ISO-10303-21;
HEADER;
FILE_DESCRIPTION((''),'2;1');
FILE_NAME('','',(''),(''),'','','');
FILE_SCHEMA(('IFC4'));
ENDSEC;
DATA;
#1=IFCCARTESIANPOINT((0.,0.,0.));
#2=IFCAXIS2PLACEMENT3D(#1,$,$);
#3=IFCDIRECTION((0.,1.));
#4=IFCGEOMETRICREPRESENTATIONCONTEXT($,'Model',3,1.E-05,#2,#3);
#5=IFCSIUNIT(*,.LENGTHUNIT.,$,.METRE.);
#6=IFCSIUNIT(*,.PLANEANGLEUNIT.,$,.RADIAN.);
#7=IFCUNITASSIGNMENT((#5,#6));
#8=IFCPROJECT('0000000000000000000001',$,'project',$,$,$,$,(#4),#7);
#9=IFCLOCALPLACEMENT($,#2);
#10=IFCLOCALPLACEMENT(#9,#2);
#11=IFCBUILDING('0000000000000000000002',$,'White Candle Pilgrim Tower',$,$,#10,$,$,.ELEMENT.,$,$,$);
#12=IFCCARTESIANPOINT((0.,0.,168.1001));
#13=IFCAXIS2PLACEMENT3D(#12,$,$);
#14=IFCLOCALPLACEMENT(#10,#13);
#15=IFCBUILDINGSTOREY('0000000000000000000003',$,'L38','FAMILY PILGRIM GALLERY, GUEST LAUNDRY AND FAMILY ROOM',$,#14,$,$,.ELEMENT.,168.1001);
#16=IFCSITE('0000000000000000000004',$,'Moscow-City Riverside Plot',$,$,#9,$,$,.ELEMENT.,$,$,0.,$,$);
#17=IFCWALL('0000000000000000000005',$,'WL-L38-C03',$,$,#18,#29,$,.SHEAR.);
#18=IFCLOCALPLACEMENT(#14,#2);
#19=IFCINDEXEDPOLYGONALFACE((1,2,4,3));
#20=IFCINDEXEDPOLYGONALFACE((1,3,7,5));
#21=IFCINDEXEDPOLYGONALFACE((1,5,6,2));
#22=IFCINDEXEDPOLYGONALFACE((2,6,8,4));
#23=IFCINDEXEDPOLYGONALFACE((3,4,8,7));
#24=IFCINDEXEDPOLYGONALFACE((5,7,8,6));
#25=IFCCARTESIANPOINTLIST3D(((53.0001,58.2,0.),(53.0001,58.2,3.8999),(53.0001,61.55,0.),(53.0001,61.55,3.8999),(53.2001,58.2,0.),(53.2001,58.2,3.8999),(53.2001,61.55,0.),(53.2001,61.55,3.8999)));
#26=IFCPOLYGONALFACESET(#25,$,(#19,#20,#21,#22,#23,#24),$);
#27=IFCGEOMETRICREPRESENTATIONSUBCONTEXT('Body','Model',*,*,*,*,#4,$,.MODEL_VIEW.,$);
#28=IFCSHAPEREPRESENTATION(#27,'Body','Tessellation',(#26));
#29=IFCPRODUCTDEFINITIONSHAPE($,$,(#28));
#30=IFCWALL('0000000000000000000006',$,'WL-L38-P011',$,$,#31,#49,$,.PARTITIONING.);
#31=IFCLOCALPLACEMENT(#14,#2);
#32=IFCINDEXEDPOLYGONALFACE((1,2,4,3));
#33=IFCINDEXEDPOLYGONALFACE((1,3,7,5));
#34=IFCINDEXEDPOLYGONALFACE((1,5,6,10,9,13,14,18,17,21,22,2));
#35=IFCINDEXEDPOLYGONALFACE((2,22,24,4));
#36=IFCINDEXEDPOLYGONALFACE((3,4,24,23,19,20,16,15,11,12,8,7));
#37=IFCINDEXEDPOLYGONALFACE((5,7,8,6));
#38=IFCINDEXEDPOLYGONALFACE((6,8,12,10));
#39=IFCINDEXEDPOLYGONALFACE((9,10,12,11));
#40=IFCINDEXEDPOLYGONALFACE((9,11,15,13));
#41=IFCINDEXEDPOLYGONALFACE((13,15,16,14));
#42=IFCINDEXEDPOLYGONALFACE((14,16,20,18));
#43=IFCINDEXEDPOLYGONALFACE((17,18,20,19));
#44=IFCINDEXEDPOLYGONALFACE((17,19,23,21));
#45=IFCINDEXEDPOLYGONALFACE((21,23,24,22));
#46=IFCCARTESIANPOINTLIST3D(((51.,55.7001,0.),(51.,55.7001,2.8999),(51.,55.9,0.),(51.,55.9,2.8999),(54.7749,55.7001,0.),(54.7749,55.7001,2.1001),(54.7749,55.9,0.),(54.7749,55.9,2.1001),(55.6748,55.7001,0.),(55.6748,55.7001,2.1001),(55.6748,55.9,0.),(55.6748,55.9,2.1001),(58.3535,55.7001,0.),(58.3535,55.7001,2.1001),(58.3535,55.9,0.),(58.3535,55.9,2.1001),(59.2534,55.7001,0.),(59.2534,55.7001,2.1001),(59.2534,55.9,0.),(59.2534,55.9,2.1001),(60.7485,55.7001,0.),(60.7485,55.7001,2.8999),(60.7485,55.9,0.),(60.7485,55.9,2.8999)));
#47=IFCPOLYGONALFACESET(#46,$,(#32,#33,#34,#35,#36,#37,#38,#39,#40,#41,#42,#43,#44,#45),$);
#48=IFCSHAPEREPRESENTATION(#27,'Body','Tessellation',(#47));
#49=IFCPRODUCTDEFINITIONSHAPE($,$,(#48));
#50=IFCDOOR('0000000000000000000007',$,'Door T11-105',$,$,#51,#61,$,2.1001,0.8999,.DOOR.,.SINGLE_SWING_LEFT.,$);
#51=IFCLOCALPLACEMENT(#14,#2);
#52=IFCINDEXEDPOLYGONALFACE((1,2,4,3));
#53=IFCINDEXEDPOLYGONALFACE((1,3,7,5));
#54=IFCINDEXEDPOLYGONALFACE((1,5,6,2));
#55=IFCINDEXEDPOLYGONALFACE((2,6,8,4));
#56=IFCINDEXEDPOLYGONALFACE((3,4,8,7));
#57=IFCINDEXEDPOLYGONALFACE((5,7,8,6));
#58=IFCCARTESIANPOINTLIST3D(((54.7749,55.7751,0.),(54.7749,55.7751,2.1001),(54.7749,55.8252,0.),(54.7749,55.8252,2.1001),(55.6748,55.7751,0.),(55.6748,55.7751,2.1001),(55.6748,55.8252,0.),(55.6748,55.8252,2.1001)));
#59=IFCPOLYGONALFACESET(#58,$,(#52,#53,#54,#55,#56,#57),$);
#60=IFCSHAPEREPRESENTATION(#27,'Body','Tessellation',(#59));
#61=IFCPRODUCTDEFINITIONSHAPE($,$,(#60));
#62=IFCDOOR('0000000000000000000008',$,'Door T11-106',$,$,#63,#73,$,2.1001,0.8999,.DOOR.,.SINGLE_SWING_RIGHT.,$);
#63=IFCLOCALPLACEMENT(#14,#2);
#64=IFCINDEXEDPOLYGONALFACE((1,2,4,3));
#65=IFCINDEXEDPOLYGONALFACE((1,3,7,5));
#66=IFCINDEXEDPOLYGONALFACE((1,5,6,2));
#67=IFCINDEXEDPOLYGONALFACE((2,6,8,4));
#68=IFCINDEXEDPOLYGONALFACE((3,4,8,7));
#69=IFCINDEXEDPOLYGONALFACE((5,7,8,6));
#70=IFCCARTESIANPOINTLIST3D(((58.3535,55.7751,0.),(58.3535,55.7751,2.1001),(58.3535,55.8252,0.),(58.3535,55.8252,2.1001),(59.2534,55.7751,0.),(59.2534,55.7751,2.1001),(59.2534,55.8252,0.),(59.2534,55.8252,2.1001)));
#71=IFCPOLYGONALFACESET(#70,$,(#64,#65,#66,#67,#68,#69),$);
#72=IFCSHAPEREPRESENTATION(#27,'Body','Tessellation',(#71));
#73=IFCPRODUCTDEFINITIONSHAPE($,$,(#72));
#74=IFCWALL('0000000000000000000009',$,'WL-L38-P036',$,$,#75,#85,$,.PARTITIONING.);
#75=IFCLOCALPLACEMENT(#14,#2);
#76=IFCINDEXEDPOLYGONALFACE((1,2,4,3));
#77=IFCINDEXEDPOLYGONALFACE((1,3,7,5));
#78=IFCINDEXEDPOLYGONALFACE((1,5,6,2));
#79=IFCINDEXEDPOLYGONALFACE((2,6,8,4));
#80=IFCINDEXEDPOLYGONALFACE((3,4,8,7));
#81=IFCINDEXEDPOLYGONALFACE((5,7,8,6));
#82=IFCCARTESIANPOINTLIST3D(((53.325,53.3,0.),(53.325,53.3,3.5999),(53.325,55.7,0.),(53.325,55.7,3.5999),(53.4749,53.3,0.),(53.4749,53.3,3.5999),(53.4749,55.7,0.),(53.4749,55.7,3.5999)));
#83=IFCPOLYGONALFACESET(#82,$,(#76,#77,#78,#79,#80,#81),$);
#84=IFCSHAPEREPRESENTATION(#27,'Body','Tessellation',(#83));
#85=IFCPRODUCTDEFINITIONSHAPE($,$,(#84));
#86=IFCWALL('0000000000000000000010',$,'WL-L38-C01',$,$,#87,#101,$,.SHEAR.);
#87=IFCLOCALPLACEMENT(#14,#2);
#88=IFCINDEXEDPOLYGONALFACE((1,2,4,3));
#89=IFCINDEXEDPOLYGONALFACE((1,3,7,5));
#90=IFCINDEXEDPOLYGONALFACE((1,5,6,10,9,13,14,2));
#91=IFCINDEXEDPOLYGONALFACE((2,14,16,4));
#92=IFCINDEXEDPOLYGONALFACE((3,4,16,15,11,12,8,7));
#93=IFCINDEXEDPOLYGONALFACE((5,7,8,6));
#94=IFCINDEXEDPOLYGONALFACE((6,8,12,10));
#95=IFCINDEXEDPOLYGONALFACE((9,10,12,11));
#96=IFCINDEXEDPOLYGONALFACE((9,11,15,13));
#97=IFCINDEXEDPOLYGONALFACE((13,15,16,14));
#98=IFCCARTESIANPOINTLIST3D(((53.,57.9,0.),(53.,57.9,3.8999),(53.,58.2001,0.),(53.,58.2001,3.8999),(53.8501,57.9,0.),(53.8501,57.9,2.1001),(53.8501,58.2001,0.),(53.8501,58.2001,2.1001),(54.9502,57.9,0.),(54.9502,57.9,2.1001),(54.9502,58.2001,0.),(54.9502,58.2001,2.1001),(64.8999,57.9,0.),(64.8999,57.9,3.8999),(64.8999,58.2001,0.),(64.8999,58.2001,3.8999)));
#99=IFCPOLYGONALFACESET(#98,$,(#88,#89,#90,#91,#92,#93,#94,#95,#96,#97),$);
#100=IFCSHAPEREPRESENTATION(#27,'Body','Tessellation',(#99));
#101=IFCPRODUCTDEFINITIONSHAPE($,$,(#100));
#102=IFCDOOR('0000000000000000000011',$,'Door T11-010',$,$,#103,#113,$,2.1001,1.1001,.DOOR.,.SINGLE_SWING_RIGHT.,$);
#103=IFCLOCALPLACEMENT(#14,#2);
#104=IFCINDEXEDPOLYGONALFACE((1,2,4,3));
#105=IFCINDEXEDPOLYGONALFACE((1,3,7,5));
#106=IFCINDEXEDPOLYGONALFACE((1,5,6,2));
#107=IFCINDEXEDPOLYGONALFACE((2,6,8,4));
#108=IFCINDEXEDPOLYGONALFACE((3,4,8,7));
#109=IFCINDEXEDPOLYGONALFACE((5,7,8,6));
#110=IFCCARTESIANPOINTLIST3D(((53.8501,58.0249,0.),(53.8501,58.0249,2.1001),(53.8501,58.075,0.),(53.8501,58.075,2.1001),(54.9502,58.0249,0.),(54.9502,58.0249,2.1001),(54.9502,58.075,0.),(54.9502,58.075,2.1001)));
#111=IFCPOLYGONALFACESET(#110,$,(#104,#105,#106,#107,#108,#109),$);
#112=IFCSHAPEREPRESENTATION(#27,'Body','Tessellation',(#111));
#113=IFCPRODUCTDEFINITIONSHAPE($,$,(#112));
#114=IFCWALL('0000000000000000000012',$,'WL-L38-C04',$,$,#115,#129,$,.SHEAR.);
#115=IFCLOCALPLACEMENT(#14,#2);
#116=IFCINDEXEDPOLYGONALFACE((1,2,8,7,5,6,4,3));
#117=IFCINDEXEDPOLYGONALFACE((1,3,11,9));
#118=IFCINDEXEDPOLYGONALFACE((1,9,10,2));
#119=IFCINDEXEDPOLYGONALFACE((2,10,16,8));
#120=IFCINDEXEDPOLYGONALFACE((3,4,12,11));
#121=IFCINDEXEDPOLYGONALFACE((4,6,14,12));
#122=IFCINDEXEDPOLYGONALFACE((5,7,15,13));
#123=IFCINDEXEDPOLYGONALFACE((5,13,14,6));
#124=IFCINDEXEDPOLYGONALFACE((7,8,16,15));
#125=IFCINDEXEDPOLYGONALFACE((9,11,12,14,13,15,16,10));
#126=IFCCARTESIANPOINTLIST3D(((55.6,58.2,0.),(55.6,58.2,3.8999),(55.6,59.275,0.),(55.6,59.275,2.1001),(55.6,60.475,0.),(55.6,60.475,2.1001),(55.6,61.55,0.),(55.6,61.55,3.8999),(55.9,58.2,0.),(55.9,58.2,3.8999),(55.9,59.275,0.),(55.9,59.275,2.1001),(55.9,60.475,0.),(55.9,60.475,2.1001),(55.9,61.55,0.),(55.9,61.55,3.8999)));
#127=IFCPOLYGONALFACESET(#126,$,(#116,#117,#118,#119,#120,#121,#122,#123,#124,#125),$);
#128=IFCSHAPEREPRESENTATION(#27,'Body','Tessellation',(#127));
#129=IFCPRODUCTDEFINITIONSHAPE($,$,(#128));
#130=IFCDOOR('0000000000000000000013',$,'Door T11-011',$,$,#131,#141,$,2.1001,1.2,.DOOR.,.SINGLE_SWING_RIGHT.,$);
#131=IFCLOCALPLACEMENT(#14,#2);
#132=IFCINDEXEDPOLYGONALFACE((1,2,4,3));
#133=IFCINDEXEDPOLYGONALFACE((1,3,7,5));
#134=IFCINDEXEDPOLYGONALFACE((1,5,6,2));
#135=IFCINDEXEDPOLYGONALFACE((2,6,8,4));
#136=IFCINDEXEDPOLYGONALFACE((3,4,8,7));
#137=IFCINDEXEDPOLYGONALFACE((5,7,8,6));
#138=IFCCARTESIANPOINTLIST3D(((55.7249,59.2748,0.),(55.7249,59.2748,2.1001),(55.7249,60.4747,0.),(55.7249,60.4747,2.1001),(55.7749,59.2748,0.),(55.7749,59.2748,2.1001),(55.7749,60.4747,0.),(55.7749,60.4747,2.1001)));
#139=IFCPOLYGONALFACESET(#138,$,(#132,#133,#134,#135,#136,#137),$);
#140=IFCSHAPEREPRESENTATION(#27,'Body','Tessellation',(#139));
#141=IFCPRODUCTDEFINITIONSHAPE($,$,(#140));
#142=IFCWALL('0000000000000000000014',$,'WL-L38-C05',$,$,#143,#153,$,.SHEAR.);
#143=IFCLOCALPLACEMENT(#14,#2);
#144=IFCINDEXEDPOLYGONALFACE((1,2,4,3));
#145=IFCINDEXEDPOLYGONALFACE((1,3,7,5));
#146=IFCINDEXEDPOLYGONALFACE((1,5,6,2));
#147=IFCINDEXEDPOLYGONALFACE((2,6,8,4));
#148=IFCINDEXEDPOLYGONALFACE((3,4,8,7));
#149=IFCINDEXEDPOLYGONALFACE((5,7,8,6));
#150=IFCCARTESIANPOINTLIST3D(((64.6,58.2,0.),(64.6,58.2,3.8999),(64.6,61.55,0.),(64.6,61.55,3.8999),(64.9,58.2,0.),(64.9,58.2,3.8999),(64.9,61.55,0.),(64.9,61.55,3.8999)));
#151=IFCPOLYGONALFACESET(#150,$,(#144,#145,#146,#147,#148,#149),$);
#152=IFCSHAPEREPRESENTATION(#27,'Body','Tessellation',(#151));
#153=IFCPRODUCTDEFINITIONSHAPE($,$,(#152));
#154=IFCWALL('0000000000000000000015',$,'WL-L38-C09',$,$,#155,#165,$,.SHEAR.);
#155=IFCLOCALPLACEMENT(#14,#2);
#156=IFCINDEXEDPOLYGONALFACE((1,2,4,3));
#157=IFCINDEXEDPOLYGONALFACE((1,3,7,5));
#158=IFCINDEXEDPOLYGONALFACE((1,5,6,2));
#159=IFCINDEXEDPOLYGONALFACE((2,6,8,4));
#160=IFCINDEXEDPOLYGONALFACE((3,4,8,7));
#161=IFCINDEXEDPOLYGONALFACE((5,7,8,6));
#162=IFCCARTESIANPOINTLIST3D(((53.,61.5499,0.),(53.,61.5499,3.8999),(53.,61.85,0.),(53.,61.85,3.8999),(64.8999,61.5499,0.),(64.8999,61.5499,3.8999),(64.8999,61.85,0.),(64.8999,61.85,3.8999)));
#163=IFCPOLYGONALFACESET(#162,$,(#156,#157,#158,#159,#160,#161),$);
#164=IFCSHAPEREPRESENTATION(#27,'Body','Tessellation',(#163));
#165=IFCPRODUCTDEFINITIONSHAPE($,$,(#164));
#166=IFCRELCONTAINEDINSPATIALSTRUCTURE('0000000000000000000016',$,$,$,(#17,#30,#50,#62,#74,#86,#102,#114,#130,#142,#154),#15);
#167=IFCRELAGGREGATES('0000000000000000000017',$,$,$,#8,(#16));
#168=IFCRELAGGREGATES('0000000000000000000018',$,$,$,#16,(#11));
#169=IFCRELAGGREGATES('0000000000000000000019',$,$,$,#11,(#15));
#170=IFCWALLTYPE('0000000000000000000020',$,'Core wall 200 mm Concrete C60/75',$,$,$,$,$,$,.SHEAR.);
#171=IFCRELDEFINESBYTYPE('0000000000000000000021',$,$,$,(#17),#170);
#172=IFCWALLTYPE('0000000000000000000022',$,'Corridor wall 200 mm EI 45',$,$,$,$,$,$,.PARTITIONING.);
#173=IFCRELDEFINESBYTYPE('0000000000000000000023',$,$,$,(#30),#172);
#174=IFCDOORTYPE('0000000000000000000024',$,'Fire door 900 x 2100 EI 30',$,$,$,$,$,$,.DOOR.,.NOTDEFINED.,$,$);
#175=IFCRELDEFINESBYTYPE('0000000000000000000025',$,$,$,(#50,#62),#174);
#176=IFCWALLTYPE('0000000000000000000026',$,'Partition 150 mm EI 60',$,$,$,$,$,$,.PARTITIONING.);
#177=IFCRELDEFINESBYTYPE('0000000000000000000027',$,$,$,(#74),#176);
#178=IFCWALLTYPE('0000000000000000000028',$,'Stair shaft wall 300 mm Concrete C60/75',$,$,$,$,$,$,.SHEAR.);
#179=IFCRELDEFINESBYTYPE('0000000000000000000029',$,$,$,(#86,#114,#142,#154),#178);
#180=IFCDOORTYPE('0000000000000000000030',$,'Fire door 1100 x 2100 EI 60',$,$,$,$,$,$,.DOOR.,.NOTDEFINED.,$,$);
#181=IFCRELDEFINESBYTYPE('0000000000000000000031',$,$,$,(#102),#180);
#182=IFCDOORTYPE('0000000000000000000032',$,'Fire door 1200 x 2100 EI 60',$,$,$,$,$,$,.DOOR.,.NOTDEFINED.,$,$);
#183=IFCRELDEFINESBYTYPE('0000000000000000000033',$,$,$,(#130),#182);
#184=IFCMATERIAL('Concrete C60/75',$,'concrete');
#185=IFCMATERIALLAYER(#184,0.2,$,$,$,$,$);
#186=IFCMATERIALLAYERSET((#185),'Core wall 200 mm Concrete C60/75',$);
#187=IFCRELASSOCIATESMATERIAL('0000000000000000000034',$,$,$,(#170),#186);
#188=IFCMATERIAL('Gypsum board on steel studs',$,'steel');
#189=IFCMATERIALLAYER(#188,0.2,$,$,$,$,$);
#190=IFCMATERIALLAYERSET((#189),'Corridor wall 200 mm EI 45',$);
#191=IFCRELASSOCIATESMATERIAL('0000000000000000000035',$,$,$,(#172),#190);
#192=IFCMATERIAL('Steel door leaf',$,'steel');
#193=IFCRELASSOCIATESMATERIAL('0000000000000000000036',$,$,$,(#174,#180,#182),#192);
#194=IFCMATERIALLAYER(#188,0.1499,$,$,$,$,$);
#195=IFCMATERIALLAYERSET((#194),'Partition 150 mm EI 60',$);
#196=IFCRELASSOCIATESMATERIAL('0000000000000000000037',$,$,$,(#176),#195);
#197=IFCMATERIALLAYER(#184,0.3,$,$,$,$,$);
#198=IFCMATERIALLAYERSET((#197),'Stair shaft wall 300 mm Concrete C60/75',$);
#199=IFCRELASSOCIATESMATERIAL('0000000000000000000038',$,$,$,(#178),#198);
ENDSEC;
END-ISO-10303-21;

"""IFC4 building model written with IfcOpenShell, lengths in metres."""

from ifc_helpers import new_model, si_unit, direction, frame, frame_2d, origin, place, context, subcontext, project, spatial, rectangle, extrude, material, layer, layer_set, type_object, element, fill, save


model = new_model("IFC4")

# Units and contexts
model_context = context("Model", 3, precision=1e-05, world=origin(), true_north=direction((0.0, 1.0)))
body_context = subcontext(model_context, "Body", "Model", "MODEL_VIEW")
ifc_project = project(units=[si_unit("LENGTHUNIT", "METRE"), si_unit("PLANEANGLEUNIT", "RADIAN")], contexts=[model_context])

# Site, building, storey
site_placement = place(None, origin())
site = spatial("IfcSite", under=ifc_project, at=site_placement, Name="Moscow-City Riverside Plot", CompositionType="ELEMENT", RefElevation=0.0)
building_placement = place(site_placement, origin())
building = spatial("IfcBuilding", under=site, at=building_placement, Name="White Candle Pilgrim Tower", CompositionType="ELEMENT")
storey_placement = place(building_placement, frame((0.0, 0.0, 168.1001)))
storey = spatial("IfcBuildingStorey", under=building, at=storey_placement, Name="L38", Description="FAMILY PILGRIM GALLERY, GUEST LAUNDRY AND FAMILY ROOM", CompositionType="ELEMENT", Elevation=168.1001)

# Wall
ifc_material_1 = material(Name="Concrete C60/75", Category="concrete")
ifc_layer_1 = layer(ifc_material_1, 0.2)
ifc_layer_set_1 = layer_set([ifc_layer_1], Name="Core wall 200 mm Concrete C60/75")
wall_type_1 = type_object("IfcWallType", Name="Core wall 200 mm Concrete C60/75", PredefinedType="SHEAR", material=ifc_layer_set_1)
wall_1_placement = place(storey_placement, frame((53.1001, 58.2, 0.0), z_axis=(0.0, 0.0, 1.0), x_axis=(0.0, 1.0, 0.0)))
element("IfcWall", 1, at=wall_1_placement, inside=storey, type_object=wall_type_1, Name="WL-L38-C03", PredefinedType="SHEAR", context=body_context, shape_type="SweptSolid", body=[
    extrude(rectangle(XDim=3.3501, YDim=0.2, at=frame_2d((1.675, 0.0))), origin(), (0.0, 0.0, 1.0), 3.8999),
])

# Wall, openings, doors
ifc_material_2 = material(Name="Gypsum board on steel studs", Category="steel")
ifc_layer_2 = layer(ifc_material_2, 0.2)
ifc_layer_set_2 = layer_set([ifc_layer_2], Name="Corridor wall 200 mm EI 45")
wall_type_2 = type_object("IfcWallType", Name="Corridor wall 200 mm EI 45", PredefinedType="PARTITIONING", material=ifc_layer_set_2)
wall_2_placement = place(storey_placement, frame((60.7485, 55.8, 0.0), z_axis=(0.0, 0.0, 1.0), x_axis=(-1.0, 0.0, 0.0)))
wall_2 = element("IfcWall", 2, at=wall_2_placement, inside=storey, type_object=wall_type_2, Name="WL-L38-P011", PredefinedType="PARTITIONING", context=body_context, shape_type="SweptSolid", body=[
    extrude(rectangle(XDim=9.7485, YDim=0.2, at=frame_2d((4.8743, 0.0))), origin(), (0.0, 0.0, 1.0), 2.8999),
])
opening_1_placement = place(wall_2_placement, frame((5.0737, 0.0, 0.0)))
opening_1 = element("IfcOpeningElement", 3, at=opening_1_placement, cuts=wall_2, PredefinedType="OPENING", context=body_context, shape_type="SweptSolid", body=[
    extrude(rectangle(XDim=0.8999, YDim=2.1001, at=frame_2d((0.45, 1.05))), frame((0.0, 0.1099, 0.0), z_axis=(0.0, -1.0, 0.0), x_axis=(1.0, 0.0, 0.0)), (0.0, 0.0, 1.0), 0.22),
])
opening_2_placement = place(wall_2_placement, frame((1.4951, 0.0, 0.0)))
opening_2 = element("IfcOpeningElement", 4, at=opening_2_placement, cuts=wall_2, PredefinedType="OPENING", context=body_context, shape_type="SweptSolid", body=[
    extrude(rectangle(XDim=0.8999, YDim=2.1001, at=frame_2d((0.45, 1.05))), frame((0.0, 0.1099, 0.0), z_axis=(0.0, -1.0, 0.0), x_axis=(1.0, 0.0, 0.0)), (0.0, 0.0, 1.0), 0.22),
])
ifc_material_3 = material(Name="Steel door leaf", Category="steel")
door_type_1 = type_object("IfcDoorType", Name="Fire door 900 x 2100 EI 30", OperationType="NOTDEFINED", PredefinedType="DOOR", material=ifc_material_3)
door_1_placement = place(opening_1_placement, origin())
door_1 = element("IfcDoor", 5, at=door_1_placement, inside=storey, type_object=door_type_1, Name="Door T11-105", OperationType="SINGLE_SWING_LEFT", OverallHeight=2.1001, OverallWidth=0.8999, PredefinedType="DOOR", context=body_context, shape_type="SweptSolid", body=[
    extrude(rectangle(XDim=0.8999, YDim=2.1001, at=frame_2d((0.45, 1.05))), frame((0.0, 0.0249, 0.0), z_axis=(0.0, -1.0, 0.0), x_axis=(1.0, 0.0, 0.0)), (0.0, 0.0, 1.0), 0.05),
])
fill(opening_1, door_1)
door_2_placement = place(opening_2_placement, origin())
door_2 = element("IfcDoor", 6, at=door_2_placement, inside=storey, type_object=door_type_1, Name="Door T11-106", OperationType="SINGLE_SWING_RIGHT", OverallHeight=2.1001, OverallWidth=0.8999, PredefinedType="DOOR", context=body_context, shape_type="SweptSolid", body=[
    extrude(rectangle(XDim=0.8999, YDim=2.1001, at=frame_2d((0.45, 1.05))), frame((0.0, 0.0249, 0.0), z_axis=(0.0, -1.0, 0.0), x_axis=(1.0, 0.0, 0.0)), (0.0, 0.0, 1.0), 0.05),
])
fill(opening_2, door_2)

# Wall
ifc_layer_3 = layer(ifc_material_2, 0.1499)
ifc_layer_set_3 = layer_set([ifc_layer_3], Name="Partition 150 mm EI 60")
wall_type_3 = type_object("IfcWallType", Name="Partition 150 mm EI 60", PredefinedType="PARTITIONING", material=ifc_layer_set_3)
wall_3_placement = place(storey_placement, frame((53.3999, 55.7, 0.0), z_axis=(0.0, 0.0, 1.0), x_axis=(0.0, -1.0, 0.0)))
element("IfcWall", 7, at=wall_3_placement, inside=storey, type_object=wall_type_3, Name="WL-L38-P036", PredefinedType="PARTITIONING", context=body_context, shape_type="SweptSolid", body=[
    extrude(rectangle(XDim=2.3999, YDim=0.1499, at=frame_2d((1.2, 0.0))), origin(), (0.0, 0.0, 1.0), 3.5999),
])

# Walls, openings, doors
ifc_layer_4 = layer(ifc_material_1, 0.3)
ifc_layer_set_4 = layer_set([ifc_layer_4], Name="Stair shaft wall 300 mm Concrete C60/75")
wall_type_4 = type_object("IfcWallType", Name="Stair shaft wall 300 mm Concrete C60/75", PredefinedType="SHEAR", material=ifc_layer_set_4)
wall_4_placement = place(storey_placement, frame((53.0, 58.05, 0.0), z_axis=(0.0, 0.0, 1.0), x_axis=(1.0, 0.0, 0.0)))
wall_4 = element("IfcWall", 8, at=wall_4_placement, inside=storey, type_object=wall_type_4, Name="WL-L38-C01", PredefinedType="SHEAR", context=body_context, shape_type="SweptSolid", body=[
    extrude(rectangle(XDim=11.8999, YDim=0.3, at=frame_2d((5.95, 0.0))), origin(), (0.0, 0.0, 1.0), 3.8999),
])
opening_3_placement = place(wall_4_placement, frame((0.8501, 0.0, 0.0)))
opening_3 = element("IfcOpeningElement", 9, at=opening_3_placement, cuts=wall_4, PredefinedType="OPENING", context=body_context, shape_type="SweptSolid", body=[
    extrude(rectangle(XDim=1.1001, YDim=2.1001, at=frame_2d((0.55, 1.05))), frame((0.0, 0.1599, 0.0), z_axis=(0.0, -1.0, 0.0), x_axis=(1.0, 0.0, 0.0)), (0.0, 0.0, 1.0), 0.3201),
])
door_type_2 = type_object("IfcDoorType", Name="Fire door 1100 x 2100 EI 60", OperationType="NOTDEFINED", PredefinedType="DOOR", material=ifc_material_3)
door_3_placement = place(opening_3_placement, origin())
door_3 = element("IfcDoor", 10, at=door_3_placement, inside=storey, type_object=door_type_2, Name="Door T11-010", OperationType="SINGLE_SWING_RIGHT", OverallHeight=2.1001, OverallWidth=1.1001, PredefinedType="DOOR", context=body_context, shape_type="SweptSolid", body=[
    extrude(rectangle(XDim=1.1001, YDim=2.1001, at=frame_2d((0.55, 1.05))), frame((0.0, 0.0249, 0.0), z_axis=(0.0, -1.0, 0.0), x_axis=(1.0, 0.0, 0.0)), (0.0, 0.0, 1.0), 0.05),
])
fill(opening_3, door_3)
wall_5_placement = place(storey_placement, frame((55.75, 58.2, 0.0), z_axis=(0.0, 0.0, 1.0), x_axis=(0.0, 1.0, 0.0)))
wall_5 = element("IfcWall", 11, at=wall_5_placement, inside=storey, type_object=wall_type_4, Name="WL-L38-C04", PredefinedType="SHEAR", context=body_context, shape_type="SweptSolid", body=[
    extrude(rectangle(XDim=3.3501, YDim=0.3, at=frame_2d((1.675, 0.0))), origin(), (0.0, 0.0, 1.0), 3.8999),
])
opening_4_placement = place(wall_5_placement, frame((1.075, 0.0, 0.0)))
opening_4 = element("IfcOpeningElement", 12, at=opening_4_placement, cuts=wall_5, PredefinedType="OPENING", context=body_context, shape_type="SweptSolid", body=[
    extrude(rectangle(XDim=1.2, YDim=2.1001, at=frame_2d((0.6001, 1.05))), frame((0.0, 0.1599, 0.0), z_axis=(0.0, -1.0, 0.0), x_axis=(1.0, 0.0, 0.0)), (0.0, 0.0, 1.0), 0.3201),
])
door_type_3 = type_object("IfcDoorType", Name="Fire door 1200 x 2100 EI 60", OperationType="NOTDEFINED", PredefinedType="DOOR", material=ifc_material_3)
door_4_placement = place(opening_4_placement, frame((1.2, 0.0, 0.0), z_axis=(0.0, 0.0, 1.0), x_axis=(-1.0, 0.0, 0.0)))
door_4 = element("IfcDoor", 13, at=door_4_placement, inside=storey, type_object=door_type_3, Name="Door T11-011", OperationType="SINGLE_SWING_RIGHT", OverallHeight=2.1001, OverallWidth=1.2, PredefinedType="DOOR", context=body_context, shape_type="SweptSolid", body=[
    extrude(rectangle(XDim=1.2, YDim=2.1001, at=frame_2d((0.6001, 1.05))), frame((0.0, 0.0249, 0.0), z_axis=(0.0, -1.0, 0.0), x_axis=(1.0, 0.0, 0.0)), (0.0, 0.0, 1.0), 0.05),
])
fill(opening_4, door_4)

# Walls
wall_6_placement = place(storey_placement, frame((64.75, 58.2, 0.0), z_axis=(0.0, 0.0, 1.0), x_axis=(0.0, 1.0, 0.0)))
element("IfcWall", 14, at=wall_6_placement, inside=storey, type_object=wall_type_4, Name="WL-L38-C05", PredefinedType="SHEAR", context=body_context, shape_type="SweptSolid", body=[
    extrude(rectangle(XDim=3.3501, YDim=0.3, at=frame_2d((1.675, 0.0))), origin(), (0.0, 0.0, 1.0), 3.8999),
])
wall_7_placement = place(storey_placement, frame((53.0, 61.7, 0.0), z_axis=(0.0, 0.0, 1.0), x_axis=(1.0, 0.0, 0.0)))
element("IfcWall", 15, at=wall_7_placement, inside=storey, type_object=wall_type_4, Name="WL-L38-C09", PredefinedType="SHEAR", context=body_context, shape_type="SweptSolid", body=[
    extrude(rectangle(XDim=11.8999, YDim=0.3, at=frame_2d((5.95, 0.0))), origin(), (0.0, 0.0, 1.0), 3.8999),
])

save(model, "model.ifc")
